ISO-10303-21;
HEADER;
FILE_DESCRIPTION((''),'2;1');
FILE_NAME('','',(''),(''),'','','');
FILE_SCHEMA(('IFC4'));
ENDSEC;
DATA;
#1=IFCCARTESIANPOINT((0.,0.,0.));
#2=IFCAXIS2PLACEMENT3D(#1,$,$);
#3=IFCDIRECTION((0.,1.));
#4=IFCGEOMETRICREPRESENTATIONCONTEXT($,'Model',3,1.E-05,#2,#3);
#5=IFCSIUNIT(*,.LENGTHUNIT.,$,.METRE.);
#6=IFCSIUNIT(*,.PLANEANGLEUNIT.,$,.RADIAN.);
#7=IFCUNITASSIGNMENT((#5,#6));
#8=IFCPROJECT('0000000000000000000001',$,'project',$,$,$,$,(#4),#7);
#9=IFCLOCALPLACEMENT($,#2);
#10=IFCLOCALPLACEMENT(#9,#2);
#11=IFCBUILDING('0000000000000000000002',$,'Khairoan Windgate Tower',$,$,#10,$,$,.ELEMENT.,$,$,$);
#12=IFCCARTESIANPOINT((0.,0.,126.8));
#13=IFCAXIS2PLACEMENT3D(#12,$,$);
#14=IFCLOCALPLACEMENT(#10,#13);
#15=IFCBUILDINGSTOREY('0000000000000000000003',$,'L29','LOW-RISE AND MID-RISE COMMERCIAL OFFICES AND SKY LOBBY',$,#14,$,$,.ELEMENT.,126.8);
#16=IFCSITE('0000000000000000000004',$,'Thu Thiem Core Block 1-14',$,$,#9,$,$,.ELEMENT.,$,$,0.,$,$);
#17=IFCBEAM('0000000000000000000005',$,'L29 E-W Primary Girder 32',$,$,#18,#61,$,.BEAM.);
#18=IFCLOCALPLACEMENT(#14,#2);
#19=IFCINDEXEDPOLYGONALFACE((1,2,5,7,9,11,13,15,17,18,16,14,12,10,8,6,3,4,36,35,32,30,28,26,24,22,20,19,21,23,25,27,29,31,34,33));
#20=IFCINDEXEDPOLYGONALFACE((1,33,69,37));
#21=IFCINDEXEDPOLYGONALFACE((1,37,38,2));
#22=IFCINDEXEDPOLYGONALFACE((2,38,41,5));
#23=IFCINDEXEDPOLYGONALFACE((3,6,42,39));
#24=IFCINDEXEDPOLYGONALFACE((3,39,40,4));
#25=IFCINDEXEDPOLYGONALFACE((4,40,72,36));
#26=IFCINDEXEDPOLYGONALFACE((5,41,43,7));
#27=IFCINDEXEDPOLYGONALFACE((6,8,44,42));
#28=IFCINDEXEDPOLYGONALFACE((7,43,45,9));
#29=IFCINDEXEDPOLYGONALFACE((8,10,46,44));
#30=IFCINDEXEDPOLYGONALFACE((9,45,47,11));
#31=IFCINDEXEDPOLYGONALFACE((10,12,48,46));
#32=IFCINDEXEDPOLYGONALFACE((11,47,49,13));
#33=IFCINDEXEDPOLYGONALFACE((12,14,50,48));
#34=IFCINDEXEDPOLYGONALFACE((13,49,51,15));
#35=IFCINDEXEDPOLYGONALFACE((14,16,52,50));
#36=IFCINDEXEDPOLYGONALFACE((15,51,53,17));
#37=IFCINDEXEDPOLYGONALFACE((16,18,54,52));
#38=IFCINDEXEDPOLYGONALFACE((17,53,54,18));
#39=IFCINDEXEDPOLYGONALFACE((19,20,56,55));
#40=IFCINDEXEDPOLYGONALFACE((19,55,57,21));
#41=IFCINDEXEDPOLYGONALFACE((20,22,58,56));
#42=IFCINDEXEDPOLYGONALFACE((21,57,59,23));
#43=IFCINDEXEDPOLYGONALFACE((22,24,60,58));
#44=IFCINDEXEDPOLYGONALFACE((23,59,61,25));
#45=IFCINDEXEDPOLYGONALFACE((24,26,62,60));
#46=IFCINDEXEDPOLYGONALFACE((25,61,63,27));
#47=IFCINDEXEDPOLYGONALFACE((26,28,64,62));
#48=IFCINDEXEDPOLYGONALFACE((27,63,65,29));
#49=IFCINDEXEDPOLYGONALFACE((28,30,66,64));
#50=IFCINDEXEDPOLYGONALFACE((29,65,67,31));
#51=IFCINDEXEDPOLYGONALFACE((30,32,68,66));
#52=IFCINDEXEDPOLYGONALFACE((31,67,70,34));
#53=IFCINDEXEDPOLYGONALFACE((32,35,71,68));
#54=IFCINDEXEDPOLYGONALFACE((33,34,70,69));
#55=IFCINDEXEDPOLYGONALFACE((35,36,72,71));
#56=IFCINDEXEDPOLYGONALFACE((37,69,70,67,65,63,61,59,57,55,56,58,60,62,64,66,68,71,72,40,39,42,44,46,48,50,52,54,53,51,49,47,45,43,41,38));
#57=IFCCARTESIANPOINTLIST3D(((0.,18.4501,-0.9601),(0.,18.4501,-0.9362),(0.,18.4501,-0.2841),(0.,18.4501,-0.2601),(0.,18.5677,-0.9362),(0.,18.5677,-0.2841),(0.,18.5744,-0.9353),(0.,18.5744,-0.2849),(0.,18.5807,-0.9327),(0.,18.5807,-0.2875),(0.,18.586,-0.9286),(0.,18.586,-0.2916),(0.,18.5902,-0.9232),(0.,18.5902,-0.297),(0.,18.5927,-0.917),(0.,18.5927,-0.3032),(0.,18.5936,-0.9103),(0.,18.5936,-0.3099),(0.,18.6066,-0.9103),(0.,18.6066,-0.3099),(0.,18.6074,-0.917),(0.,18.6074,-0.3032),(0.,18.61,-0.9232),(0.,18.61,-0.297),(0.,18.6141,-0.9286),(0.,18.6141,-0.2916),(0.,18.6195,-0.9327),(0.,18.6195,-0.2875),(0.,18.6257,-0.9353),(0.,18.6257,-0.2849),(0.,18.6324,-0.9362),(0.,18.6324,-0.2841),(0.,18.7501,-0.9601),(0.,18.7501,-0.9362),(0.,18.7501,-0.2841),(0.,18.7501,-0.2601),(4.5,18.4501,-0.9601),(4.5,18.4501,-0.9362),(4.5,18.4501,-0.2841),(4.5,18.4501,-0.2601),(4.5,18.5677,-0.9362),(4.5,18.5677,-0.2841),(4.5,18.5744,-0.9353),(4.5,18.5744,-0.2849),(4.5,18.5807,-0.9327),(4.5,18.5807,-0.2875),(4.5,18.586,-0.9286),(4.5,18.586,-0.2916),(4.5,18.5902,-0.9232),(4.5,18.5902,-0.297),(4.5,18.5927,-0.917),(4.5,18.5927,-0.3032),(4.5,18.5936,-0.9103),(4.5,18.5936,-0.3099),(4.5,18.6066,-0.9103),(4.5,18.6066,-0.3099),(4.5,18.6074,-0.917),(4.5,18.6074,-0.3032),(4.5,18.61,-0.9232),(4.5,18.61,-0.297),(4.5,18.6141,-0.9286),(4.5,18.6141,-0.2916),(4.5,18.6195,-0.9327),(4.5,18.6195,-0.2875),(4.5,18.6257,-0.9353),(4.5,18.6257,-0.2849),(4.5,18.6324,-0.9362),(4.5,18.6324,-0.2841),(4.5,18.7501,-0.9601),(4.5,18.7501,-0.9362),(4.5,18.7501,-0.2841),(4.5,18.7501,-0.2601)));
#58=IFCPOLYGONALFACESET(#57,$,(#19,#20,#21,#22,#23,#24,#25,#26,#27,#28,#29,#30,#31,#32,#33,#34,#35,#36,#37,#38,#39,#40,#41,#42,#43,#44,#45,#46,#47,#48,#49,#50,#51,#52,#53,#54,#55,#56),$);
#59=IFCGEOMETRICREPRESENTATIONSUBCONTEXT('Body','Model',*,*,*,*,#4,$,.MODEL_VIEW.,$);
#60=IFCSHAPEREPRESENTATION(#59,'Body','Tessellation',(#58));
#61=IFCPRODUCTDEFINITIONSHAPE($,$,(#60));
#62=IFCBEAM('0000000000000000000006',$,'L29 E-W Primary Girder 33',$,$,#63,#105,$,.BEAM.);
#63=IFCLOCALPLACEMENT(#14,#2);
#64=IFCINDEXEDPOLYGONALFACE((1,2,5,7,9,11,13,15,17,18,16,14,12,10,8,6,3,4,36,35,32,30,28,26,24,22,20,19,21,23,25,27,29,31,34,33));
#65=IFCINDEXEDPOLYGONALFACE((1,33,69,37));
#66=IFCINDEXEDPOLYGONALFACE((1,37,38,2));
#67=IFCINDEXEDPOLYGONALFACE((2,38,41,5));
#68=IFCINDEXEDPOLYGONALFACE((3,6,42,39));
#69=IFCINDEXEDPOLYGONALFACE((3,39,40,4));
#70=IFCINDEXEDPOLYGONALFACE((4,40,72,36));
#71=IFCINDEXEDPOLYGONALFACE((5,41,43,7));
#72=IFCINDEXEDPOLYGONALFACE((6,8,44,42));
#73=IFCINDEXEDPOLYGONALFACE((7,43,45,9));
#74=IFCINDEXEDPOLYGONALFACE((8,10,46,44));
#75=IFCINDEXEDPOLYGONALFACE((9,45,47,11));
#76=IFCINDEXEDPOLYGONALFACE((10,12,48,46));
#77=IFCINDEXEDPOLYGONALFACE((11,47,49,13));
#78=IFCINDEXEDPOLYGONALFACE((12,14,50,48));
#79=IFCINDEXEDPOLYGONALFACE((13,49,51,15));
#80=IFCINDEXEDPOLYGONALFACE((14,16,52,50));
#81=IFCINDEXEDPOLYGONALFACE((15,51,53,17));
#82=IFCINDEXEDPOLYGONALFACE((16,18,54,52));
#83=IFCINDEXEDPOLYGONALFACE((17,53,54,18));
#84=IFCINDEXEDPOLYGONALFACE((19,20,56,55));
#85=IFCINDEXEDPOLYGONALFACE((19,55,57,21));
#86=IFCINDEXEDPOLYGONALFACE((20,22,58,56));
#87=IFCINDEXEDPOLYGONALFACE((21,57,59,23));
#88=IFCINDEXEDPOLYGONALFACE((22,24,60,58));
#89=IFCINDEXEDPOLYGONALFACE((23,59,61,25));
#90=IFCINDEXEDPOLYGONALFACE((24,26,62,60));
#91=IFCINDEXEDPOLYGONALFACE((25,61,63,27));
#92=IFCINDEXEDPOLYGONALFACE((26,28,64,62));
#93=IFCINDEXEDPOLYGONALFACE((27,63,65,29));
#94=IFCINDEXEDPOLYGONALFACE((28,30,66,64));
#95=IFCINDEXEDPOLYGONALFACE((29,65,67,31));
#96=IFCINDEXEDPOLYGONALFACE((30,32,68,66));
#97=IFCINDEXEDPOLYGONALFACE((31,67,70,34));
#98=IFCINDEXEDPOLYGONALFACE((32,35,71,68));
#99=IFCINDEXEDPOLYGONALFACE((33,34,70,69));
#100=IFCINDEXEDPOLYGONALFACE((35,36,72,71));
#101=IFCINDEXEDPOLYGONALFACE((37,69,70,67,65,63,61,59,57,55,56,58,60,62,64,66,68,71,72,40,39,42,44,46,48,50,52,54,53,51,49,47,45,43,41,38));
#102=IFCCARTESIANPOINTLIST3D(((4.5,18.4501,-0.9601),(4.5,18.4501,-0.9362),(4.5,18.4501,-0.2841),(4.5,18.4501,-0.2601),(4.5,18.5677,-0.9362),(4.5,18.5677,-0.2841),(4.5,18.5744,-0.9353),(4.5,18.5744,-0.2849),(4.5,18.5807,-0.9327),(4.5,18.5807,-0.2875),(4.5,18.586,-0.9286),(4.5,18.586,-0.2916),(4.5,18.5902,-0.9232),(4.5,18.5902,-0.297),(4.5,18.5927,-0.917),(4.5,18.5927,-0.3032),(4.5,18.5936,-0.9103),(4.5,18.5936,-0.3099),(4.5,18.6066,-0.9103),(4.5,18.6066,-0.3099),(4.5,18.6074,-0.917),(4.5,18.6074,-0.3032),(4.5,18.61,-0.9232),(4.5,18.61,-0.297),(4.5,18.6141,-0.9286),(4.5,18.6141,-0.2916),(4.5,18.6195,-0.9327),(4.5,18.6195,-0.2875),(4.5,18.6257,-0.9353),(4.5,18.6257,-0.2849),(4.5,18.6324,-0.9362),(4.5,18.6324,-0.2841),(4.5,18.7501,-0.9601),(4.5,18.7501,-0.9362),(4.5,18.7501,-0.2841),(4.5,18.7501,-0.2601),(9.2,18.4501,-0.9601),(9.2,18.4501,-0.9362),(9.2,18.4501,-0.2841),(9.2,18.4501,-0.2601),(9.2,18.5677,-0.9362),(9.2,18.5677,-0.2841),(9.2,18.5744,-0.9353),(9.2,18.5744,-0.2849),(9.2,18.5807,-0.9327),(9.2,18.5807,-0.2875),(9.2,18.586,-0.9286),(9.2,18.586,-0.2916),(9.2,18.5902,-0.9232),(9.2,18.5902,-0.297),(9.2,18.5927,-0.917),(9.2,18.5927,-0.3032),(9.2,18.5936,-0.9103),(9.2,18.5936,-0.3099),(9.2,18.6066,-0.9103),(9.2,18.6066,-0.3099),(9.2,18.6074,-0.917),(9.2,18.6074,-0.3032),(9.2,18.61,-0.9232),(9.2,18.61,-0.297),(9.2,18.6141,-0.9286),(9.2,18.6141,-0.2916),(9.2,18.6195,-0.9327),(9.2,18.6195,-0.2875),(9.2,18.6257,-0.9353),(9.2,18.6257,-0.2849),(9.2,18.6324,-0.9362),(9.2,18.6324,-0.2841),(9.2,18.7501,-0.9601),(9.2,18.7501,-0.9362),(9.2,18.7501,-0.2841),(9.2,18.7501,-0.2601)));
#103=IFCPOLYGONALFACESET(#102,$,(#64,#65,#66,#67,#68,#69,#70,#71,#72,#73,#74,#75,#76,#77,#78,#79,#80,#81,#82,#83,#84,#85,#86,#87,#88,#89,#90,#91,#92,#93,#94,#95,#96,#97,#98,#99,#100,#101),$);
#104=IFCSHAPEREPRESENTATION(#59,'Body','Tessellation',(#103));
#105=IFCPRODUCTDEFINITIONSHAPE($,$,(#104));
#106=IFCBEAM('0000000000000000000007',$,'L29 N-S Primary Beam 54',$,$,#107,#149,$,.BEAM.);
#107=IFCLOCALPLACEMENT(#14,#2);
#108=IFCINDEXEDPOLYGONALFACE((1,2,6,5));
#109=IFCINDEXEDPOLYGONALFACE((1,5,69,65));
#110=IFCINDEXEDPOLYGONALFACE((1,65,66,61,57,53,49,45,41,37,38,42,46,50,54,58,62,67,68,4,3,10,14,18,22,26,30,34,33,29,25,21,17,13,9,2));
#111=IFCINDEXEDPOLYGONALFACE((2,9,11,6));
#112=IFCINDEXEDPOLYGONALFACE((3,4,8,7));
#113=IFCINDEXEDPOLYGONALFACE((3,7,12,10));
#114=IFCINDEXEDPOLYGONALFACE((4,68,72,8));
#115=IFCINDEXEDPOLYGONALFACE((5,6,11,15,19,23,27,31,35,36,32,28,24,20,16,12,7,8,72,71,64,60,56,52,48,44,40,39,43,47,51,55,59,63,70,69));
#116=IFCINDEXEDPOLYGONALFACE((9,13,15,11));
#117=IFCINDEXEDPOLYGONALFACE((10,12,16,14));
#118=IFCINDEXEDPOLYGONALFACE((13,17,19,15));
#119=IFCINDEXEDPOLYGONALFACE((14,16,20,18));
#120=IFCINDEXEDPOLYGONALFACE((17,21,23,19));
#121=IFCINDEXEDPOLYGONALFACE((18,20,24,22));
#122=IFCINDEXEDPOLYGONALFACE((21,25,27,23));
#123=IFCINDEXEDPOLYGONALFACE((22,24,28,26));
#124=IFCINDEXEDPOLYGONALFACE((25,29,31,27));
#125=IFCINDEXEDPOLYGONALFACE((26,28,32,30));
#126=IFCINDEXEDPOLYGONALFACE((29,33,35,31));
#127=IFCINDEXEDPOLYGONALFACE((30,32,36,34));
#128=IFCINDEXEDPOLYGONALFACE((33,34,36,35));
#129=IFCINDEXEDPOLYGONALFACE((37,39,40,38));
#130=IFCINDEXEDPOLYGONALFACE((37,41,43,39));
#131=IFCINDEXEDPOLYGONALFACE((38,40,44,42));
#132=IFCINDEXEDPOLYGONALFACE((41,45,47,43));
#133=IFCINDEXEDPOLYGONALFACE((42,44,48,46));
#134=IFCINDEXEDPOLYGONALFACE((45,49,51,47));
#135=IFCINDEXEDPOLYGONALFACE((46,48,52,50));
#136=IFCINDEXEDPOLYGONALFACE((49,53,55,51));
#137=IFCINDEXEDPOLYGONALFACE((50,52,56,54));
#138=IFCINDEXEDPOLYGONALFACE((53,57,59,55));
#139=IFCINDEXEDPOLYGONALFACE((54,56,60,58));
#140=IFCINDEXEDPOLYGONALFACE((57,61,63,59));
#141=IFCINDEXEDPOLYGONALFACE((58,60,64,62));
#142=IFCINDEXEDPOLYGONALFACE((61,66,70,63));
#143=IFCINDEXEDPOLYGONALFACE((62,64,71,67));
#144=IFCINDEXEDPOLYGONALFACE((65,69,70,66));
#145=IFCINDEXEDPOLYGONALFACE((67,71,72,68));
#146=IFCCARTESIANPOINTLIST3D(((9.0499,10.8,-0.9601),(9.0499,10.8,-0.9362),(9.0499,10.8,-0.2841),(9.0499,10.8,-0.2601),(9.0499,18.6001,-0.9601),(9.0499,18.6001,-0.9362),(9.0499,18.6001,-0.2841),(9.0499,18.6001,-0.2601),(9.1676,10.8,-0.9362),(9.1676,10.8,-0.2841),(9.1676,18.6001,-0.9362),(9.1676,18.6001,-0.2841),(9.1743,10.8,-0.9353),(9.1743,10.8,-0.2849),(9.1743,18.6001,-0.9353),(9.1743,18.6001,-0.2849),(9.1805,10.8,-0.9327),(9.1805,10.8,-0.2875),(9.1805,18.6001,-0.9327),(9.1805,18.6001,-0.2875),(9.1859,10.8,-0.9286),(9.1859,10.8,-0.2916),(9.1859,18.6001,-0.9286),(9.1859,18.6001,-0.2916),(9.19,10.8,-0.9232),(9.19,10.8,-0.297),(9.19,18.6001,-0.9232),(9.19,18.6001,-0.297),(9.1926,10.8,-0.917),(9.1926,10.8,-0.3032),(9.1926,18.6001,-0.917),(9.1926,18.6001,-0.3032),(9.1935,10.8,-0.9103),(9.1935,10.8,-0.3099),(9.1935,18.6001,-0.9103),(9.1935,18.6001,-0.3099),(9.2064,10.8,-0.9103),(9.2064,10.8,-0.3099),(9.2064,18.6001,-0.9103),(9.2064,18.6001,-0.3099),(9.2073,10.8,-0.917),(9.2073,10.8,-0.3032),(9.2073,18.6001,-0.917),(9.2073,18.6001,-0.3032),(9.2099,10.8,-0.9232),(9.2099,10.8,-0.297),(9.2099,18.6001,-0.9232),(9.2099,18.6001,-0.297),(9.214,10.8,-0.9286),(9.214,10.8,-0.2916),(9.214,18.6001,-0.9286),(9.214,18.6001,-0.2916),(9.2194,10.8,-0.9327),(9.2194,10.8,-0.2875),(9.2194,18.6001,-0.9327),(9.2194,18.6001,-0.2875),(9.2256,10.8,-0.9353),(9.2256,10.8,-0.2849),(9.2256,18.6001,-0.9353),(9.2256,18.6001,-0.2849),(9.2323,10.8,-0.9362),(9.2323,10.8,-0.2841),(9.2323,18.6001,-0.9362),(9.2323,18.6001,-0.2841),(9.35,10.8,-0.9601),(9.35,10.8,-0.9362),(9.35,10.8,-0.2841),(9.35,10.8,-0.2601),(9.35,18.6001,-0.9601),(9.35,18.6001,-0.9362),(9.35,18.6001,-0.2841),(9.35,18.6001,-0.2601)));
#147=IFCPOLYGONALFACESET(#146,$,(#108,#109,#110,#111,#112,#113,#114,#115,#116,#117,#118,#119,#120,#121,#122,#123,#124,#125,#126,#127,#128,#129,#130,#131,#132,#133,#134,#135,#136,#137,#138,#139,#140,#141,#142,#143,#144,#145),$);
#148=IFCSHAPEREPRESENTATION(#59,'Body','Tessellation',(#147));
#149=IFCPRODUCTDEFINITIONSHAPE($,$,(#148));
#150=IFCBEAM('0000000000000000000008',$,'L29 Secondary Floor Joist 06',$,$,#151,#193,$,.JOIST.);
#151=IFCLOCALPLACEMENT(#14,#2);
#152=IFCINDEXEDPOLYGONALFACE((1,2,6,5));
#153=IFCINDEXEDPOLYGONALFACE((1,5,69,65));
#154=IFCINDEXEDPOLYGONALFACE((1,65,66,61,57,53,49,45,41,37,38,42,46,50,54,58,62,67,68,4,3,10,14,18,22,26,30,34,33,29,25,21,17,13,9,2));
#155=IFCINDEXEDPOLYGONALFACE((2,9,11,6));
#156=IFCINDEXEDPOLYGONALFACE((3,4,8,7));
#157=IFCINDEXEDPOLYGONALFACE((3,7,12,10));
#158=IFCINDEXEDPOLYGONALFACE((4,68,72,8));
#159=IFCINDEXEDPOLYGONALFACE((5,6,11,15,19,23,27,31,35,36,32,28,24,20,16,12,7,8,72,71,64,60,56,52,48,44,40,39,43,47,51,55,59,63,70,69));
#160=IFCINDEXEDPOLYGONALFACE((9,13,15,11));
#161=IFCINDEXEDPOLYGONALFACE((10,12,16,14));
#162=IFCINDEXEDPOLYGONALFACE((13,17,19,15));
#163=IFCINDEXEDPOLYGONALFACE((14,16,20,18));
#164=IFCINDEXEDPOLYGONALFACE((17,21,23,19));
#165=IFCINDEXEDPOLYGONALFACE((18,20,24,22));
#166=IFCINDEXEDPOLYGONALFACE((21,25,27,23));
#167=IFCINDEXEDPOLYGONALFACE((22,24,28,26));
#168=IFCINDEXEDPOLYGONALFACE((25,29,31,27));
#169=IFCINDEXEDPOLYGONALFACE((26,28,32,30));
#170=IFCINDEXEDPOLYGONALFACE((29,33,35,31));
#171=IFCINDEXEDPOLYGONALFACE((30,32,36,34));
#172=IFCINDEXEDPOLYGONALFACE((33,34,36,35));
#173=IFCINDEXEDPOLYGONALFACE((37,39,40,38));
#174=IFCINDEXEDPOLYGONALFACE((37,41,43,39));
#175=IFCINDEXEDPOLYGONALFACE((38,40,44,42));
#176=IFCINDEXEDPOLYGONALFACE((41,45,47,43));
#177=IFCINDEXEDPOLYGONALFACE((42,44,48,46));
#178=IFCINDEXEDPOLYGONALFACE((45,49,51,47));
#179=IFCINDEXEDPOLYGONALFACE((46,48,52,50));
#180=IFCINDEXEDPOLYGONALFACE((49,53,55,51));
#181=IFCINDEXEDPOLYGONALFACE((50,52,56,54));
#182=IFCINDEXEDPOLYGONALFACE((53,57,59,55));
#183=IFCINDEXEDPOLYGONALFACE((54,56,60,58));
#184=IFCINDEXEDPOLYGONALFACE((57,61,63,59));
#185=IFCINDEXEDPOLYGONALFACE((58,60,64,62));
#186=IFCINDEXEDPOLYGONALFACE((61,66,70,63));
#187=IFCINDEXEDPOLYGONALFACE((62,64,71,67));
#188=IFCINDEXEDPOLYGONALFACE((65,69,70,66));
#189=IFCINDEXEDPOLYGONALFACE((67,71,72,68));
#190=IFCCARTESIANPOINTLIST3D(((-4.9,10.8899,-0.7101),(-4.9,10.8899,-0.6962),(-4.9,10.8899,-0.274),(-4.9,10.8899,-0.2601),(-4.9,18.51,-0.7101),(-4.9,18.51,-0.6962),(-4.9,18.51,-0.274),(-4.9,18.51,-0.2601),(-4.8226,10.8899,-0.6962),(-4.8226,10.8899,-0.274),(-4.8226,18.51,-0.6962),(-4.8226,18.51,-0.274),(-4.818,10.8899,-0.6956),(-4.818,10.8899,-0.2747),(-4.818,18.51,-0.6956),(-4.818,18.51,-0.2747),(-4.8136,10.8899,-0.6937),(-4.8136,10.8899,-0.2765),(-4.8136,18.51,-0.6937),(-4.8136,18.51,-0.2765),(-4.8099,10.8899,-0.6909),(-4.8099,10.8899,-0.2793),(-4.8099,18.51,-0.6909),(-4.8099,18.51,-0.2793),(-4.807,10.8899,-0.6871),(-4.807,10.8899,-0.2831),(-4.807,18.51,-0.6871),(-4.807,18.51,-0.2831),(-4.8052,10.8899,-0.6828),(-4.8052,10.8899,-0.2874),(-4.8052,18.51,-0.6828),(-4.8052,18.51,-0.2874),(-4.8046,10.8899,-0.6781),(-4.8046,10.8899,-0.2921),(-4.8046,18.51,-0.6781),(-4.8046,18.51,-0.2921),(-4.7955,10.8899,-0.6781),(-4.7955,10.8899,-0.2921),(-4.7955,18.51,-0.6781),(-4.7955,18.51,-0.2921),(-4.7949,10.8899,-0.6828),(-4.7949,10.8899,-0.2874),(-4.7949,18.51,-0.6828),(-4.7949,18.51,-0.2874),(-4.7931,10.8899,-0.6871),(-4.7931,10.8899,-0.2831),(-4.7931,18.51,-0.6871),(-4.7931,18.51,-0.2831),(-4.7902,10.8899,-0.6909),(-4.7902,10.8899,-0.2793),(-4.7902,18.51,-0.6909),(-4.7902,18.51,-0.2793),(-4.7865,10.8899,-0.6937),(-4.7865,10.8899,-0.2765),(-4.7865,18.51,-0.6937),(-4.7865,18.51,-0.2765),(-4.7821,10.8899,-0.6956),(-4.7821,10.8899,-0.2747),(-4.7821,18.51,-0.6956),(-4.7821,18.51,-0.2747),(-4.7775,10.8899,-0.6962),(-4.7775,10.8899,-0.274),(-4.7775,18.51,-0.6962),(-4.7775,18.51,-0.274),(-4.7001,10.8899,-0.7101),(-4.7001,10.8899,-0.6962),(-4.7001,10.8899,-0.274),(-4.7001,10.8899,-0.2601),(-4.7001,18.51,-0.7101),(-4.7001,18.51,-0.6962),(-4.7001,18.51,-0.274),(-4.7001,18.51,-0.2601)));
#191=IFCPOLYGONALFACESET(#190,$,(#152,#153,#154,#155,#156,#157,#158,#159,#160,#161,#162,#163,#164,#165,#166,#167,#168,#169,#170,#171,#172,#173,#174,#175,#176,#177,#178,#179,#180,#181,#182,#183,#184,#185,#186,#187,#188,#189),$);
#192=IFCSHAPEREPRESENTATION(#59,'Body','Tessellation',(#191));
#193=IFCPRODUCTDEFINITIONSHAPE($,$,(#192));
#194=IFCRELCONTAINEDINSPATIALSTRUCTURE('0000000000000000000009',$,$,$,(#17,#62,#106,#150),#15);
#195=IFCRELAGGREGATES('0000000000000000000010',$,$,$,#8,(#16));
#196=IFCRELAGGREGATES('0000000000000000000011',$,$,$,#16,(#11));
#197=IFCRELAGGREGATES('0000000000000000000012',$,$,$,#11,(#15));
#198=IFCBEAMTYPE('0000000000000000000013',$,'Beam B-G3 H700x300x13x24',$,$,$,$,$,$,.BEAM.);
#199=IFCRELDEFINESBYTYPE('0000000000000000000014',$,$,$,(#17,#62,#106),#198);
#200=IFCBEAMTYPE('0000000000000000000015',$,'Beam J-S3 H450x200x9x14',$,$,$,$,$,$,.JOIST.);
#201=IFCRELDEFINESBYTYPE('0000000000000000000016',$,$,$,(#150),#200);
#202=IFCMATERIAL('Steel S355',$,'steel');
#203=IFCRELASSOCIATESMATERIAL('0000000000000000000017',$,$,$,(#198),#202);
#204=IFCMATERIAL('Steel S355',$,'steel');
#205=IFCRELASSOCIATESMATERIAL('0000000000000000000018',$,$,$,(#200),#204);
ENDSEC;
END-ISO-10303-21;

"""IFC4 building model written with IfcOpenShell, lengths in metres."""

from ifc_helpers import new_model, si_unit, direction, frame, origin, origin_2d, place, context, subcontext, project, spatial, i_section, extrude, material, material_profile, profile_set, type_object, element, save


model = new_model("IFC4")

# Units and contexts
model_context = context("Model", 3, precision=1e-05, world=origin(), true_north=direction((0.0, 1.0)))
body_context = subcontext(model_context, "Body", "Model", "MODEL_VIEW")
ifc_project = project(units=[si_unit("LENGTHUNIT", "METRE"), si_unit("PLANEANGLEUNIT", "RADIAN")], contexts=[model_context])

# Site, building, storey
site_placement = place(None, origin())
site = spatial("IfcSite", under=ifc_project, at=site_placement, Name="Thu Thiem Core Block 1-14", CompositionType="ELEMENT", RefElevation=0.0)
building_placement = place(site_placement, origin())
building = spatial("IfcBuilding", under=site, at=building_placement, Name="Khairoan Windgate Tower", CompositionType="ELEMENT")
storey_placement = place(building_placement, frame((0.0, 0.0, 126.8)))
storey = spatial("IfcBuildingStorey", under=building, at=storey_placement, Name="L29", Description="LOW-RISE AND MID-RISE COMMERCIAL OFFICES AND SKY LOBBY", CompositionType="ELEMENT", Elevation=126.8)

# Beams
ifc_material_1 = material(Name="Steel S355", Category="steel")
ifc_material_profile_1 = material_profile(ifc_material_1, i_section(OverallWidth=0.3, OverallDepth=0.7, WebThickness=0.0129, FlangeThickness=0.0239, FilletRadius=0.0259, at=origin_2d()))
ifc_profile_set_1 = profile_set([ifc_material_profile_1], Name="Steel S355")
beam_type_1 = type_object("IfcBeamType", Name="Beam B-G3 H700x300x13x24", PredefinedType="BEAM", material=ifc_profile_set_1)
for number, where, z_axis, x_axis, name in (
    (1, (0.0, 18.6001, -0.6101), (1.0, 0.0, 0.0), (0.0, 1.0, 0.0), "L29 E-W Primary Girder 32"),
):
    element("IfcBeam", number, at=place(storey_placement, frame(where, z_axis=z_axis, x_axis=x_axis)), inside=storey, type_object=beam_type_1, Name=name, PredefinedType="BEAM", context=body_context, shape_type="SweptSolid", body=[
        extrude(i_section(OverallWidth=0.3, OverallDepth=0.7, WebThickness=0.0129, FlangeThickness=0.0239, FilletRadius=0.0259, at=origin_2d()), origin(), (0.0, 0.0, 1.0), 4.5),
    ])
beam_1_placement = place(storey_placement, frame((4.5, 18.6001, -0.6101), z_axis=(1.0, 0.0, 0.0), x_axis=(0.0, 1.0, 0.0)))
element("IfcBeam", 2, at=beam_1_placement, inside=storey, type_object=beam_type_1, Name="L29 E-W Primary Girder 33", PredefinedType="BEAM", context=body_context, shape_type="SweptSolid", body=[
    extrude(i_section(OverallWidth=0.3, OverallDepth=0.7, WebThickness=0.0129, FlangeThickness=0.0239, FilletRadius=0.0259, at=origin_2d()), origin(), (0.0, 0.0, 1.0), 4.7),
])
beam_2_placement = place(storey_placement, frame((9.2, 10.8, -0.6101), z_axis=(0.0, 1.0, 0.0), x_axis=(-1.0, 0.0, 0.0)))
element("IfcBeam", 3, at=beam_2_placement, inside=storey, type_object=beam_type_1, Name="L29 N-S Primary Beam 54", PredefinedType="BEAM", context=body_context, shape_type="SweptSolid", body=[
    extrude(i_section(OverallWidth=0.3, OverallDepth=0.7, WebThickness=0.0129, FlangeThickness=0.0239, FilletRadius=0.0259, at=origin_2d()), origin(), (0.0, 0.0, 1.0), 7.8),
])
ifc_material_2 = material(Name="Steel S355", Category="steel")
ifc_material_profile_2 = material_profile(ifc_material_2, i_section(OverallWidth=0.2, OverallDepth=0.45, WebThickness=0.009, FlangeThickness=0.0139, FilletRadius=0.0181, at=origin_2d()))
ifc_profile_set_2 = profile_set([ifc_material_profile_2], Name="Steel S355")
beam_type_2 = type_object("IfcBeamType", Name="Beam J-S3 H450x200x9x14", PredefinedType="JOIST", material=ifc_profile_set_2)
for number, where, z_axis, x_axis, name in (
    (4, (-4.8, 10.8899, -0.4851), (0.0, 1.0, 0.0), (-1.0, 0.0, 0.0), "L29 Secondary Floor Joist 06"),
):
    element("IfcBeam", number, at=place(storey_placement, frame(where, z_axis=z_axis, x_axis=x_axis)), inside=storey, type_object=beam_type_2, Name=name, PredefinedType="JOIST", context=body_context, shape_type="SweptSolid", body=[
        extrude(i_section(OverallWidth=0.2, OverallDepth=0.45, WebThickness=0.009, FlangeThickness=0.0139, FilletRadius=0.0181, at=origin_2d()), origin(), (0.0, 0.0, 1.0), 7.6201),
    ])

save(model, "model.ifc")
